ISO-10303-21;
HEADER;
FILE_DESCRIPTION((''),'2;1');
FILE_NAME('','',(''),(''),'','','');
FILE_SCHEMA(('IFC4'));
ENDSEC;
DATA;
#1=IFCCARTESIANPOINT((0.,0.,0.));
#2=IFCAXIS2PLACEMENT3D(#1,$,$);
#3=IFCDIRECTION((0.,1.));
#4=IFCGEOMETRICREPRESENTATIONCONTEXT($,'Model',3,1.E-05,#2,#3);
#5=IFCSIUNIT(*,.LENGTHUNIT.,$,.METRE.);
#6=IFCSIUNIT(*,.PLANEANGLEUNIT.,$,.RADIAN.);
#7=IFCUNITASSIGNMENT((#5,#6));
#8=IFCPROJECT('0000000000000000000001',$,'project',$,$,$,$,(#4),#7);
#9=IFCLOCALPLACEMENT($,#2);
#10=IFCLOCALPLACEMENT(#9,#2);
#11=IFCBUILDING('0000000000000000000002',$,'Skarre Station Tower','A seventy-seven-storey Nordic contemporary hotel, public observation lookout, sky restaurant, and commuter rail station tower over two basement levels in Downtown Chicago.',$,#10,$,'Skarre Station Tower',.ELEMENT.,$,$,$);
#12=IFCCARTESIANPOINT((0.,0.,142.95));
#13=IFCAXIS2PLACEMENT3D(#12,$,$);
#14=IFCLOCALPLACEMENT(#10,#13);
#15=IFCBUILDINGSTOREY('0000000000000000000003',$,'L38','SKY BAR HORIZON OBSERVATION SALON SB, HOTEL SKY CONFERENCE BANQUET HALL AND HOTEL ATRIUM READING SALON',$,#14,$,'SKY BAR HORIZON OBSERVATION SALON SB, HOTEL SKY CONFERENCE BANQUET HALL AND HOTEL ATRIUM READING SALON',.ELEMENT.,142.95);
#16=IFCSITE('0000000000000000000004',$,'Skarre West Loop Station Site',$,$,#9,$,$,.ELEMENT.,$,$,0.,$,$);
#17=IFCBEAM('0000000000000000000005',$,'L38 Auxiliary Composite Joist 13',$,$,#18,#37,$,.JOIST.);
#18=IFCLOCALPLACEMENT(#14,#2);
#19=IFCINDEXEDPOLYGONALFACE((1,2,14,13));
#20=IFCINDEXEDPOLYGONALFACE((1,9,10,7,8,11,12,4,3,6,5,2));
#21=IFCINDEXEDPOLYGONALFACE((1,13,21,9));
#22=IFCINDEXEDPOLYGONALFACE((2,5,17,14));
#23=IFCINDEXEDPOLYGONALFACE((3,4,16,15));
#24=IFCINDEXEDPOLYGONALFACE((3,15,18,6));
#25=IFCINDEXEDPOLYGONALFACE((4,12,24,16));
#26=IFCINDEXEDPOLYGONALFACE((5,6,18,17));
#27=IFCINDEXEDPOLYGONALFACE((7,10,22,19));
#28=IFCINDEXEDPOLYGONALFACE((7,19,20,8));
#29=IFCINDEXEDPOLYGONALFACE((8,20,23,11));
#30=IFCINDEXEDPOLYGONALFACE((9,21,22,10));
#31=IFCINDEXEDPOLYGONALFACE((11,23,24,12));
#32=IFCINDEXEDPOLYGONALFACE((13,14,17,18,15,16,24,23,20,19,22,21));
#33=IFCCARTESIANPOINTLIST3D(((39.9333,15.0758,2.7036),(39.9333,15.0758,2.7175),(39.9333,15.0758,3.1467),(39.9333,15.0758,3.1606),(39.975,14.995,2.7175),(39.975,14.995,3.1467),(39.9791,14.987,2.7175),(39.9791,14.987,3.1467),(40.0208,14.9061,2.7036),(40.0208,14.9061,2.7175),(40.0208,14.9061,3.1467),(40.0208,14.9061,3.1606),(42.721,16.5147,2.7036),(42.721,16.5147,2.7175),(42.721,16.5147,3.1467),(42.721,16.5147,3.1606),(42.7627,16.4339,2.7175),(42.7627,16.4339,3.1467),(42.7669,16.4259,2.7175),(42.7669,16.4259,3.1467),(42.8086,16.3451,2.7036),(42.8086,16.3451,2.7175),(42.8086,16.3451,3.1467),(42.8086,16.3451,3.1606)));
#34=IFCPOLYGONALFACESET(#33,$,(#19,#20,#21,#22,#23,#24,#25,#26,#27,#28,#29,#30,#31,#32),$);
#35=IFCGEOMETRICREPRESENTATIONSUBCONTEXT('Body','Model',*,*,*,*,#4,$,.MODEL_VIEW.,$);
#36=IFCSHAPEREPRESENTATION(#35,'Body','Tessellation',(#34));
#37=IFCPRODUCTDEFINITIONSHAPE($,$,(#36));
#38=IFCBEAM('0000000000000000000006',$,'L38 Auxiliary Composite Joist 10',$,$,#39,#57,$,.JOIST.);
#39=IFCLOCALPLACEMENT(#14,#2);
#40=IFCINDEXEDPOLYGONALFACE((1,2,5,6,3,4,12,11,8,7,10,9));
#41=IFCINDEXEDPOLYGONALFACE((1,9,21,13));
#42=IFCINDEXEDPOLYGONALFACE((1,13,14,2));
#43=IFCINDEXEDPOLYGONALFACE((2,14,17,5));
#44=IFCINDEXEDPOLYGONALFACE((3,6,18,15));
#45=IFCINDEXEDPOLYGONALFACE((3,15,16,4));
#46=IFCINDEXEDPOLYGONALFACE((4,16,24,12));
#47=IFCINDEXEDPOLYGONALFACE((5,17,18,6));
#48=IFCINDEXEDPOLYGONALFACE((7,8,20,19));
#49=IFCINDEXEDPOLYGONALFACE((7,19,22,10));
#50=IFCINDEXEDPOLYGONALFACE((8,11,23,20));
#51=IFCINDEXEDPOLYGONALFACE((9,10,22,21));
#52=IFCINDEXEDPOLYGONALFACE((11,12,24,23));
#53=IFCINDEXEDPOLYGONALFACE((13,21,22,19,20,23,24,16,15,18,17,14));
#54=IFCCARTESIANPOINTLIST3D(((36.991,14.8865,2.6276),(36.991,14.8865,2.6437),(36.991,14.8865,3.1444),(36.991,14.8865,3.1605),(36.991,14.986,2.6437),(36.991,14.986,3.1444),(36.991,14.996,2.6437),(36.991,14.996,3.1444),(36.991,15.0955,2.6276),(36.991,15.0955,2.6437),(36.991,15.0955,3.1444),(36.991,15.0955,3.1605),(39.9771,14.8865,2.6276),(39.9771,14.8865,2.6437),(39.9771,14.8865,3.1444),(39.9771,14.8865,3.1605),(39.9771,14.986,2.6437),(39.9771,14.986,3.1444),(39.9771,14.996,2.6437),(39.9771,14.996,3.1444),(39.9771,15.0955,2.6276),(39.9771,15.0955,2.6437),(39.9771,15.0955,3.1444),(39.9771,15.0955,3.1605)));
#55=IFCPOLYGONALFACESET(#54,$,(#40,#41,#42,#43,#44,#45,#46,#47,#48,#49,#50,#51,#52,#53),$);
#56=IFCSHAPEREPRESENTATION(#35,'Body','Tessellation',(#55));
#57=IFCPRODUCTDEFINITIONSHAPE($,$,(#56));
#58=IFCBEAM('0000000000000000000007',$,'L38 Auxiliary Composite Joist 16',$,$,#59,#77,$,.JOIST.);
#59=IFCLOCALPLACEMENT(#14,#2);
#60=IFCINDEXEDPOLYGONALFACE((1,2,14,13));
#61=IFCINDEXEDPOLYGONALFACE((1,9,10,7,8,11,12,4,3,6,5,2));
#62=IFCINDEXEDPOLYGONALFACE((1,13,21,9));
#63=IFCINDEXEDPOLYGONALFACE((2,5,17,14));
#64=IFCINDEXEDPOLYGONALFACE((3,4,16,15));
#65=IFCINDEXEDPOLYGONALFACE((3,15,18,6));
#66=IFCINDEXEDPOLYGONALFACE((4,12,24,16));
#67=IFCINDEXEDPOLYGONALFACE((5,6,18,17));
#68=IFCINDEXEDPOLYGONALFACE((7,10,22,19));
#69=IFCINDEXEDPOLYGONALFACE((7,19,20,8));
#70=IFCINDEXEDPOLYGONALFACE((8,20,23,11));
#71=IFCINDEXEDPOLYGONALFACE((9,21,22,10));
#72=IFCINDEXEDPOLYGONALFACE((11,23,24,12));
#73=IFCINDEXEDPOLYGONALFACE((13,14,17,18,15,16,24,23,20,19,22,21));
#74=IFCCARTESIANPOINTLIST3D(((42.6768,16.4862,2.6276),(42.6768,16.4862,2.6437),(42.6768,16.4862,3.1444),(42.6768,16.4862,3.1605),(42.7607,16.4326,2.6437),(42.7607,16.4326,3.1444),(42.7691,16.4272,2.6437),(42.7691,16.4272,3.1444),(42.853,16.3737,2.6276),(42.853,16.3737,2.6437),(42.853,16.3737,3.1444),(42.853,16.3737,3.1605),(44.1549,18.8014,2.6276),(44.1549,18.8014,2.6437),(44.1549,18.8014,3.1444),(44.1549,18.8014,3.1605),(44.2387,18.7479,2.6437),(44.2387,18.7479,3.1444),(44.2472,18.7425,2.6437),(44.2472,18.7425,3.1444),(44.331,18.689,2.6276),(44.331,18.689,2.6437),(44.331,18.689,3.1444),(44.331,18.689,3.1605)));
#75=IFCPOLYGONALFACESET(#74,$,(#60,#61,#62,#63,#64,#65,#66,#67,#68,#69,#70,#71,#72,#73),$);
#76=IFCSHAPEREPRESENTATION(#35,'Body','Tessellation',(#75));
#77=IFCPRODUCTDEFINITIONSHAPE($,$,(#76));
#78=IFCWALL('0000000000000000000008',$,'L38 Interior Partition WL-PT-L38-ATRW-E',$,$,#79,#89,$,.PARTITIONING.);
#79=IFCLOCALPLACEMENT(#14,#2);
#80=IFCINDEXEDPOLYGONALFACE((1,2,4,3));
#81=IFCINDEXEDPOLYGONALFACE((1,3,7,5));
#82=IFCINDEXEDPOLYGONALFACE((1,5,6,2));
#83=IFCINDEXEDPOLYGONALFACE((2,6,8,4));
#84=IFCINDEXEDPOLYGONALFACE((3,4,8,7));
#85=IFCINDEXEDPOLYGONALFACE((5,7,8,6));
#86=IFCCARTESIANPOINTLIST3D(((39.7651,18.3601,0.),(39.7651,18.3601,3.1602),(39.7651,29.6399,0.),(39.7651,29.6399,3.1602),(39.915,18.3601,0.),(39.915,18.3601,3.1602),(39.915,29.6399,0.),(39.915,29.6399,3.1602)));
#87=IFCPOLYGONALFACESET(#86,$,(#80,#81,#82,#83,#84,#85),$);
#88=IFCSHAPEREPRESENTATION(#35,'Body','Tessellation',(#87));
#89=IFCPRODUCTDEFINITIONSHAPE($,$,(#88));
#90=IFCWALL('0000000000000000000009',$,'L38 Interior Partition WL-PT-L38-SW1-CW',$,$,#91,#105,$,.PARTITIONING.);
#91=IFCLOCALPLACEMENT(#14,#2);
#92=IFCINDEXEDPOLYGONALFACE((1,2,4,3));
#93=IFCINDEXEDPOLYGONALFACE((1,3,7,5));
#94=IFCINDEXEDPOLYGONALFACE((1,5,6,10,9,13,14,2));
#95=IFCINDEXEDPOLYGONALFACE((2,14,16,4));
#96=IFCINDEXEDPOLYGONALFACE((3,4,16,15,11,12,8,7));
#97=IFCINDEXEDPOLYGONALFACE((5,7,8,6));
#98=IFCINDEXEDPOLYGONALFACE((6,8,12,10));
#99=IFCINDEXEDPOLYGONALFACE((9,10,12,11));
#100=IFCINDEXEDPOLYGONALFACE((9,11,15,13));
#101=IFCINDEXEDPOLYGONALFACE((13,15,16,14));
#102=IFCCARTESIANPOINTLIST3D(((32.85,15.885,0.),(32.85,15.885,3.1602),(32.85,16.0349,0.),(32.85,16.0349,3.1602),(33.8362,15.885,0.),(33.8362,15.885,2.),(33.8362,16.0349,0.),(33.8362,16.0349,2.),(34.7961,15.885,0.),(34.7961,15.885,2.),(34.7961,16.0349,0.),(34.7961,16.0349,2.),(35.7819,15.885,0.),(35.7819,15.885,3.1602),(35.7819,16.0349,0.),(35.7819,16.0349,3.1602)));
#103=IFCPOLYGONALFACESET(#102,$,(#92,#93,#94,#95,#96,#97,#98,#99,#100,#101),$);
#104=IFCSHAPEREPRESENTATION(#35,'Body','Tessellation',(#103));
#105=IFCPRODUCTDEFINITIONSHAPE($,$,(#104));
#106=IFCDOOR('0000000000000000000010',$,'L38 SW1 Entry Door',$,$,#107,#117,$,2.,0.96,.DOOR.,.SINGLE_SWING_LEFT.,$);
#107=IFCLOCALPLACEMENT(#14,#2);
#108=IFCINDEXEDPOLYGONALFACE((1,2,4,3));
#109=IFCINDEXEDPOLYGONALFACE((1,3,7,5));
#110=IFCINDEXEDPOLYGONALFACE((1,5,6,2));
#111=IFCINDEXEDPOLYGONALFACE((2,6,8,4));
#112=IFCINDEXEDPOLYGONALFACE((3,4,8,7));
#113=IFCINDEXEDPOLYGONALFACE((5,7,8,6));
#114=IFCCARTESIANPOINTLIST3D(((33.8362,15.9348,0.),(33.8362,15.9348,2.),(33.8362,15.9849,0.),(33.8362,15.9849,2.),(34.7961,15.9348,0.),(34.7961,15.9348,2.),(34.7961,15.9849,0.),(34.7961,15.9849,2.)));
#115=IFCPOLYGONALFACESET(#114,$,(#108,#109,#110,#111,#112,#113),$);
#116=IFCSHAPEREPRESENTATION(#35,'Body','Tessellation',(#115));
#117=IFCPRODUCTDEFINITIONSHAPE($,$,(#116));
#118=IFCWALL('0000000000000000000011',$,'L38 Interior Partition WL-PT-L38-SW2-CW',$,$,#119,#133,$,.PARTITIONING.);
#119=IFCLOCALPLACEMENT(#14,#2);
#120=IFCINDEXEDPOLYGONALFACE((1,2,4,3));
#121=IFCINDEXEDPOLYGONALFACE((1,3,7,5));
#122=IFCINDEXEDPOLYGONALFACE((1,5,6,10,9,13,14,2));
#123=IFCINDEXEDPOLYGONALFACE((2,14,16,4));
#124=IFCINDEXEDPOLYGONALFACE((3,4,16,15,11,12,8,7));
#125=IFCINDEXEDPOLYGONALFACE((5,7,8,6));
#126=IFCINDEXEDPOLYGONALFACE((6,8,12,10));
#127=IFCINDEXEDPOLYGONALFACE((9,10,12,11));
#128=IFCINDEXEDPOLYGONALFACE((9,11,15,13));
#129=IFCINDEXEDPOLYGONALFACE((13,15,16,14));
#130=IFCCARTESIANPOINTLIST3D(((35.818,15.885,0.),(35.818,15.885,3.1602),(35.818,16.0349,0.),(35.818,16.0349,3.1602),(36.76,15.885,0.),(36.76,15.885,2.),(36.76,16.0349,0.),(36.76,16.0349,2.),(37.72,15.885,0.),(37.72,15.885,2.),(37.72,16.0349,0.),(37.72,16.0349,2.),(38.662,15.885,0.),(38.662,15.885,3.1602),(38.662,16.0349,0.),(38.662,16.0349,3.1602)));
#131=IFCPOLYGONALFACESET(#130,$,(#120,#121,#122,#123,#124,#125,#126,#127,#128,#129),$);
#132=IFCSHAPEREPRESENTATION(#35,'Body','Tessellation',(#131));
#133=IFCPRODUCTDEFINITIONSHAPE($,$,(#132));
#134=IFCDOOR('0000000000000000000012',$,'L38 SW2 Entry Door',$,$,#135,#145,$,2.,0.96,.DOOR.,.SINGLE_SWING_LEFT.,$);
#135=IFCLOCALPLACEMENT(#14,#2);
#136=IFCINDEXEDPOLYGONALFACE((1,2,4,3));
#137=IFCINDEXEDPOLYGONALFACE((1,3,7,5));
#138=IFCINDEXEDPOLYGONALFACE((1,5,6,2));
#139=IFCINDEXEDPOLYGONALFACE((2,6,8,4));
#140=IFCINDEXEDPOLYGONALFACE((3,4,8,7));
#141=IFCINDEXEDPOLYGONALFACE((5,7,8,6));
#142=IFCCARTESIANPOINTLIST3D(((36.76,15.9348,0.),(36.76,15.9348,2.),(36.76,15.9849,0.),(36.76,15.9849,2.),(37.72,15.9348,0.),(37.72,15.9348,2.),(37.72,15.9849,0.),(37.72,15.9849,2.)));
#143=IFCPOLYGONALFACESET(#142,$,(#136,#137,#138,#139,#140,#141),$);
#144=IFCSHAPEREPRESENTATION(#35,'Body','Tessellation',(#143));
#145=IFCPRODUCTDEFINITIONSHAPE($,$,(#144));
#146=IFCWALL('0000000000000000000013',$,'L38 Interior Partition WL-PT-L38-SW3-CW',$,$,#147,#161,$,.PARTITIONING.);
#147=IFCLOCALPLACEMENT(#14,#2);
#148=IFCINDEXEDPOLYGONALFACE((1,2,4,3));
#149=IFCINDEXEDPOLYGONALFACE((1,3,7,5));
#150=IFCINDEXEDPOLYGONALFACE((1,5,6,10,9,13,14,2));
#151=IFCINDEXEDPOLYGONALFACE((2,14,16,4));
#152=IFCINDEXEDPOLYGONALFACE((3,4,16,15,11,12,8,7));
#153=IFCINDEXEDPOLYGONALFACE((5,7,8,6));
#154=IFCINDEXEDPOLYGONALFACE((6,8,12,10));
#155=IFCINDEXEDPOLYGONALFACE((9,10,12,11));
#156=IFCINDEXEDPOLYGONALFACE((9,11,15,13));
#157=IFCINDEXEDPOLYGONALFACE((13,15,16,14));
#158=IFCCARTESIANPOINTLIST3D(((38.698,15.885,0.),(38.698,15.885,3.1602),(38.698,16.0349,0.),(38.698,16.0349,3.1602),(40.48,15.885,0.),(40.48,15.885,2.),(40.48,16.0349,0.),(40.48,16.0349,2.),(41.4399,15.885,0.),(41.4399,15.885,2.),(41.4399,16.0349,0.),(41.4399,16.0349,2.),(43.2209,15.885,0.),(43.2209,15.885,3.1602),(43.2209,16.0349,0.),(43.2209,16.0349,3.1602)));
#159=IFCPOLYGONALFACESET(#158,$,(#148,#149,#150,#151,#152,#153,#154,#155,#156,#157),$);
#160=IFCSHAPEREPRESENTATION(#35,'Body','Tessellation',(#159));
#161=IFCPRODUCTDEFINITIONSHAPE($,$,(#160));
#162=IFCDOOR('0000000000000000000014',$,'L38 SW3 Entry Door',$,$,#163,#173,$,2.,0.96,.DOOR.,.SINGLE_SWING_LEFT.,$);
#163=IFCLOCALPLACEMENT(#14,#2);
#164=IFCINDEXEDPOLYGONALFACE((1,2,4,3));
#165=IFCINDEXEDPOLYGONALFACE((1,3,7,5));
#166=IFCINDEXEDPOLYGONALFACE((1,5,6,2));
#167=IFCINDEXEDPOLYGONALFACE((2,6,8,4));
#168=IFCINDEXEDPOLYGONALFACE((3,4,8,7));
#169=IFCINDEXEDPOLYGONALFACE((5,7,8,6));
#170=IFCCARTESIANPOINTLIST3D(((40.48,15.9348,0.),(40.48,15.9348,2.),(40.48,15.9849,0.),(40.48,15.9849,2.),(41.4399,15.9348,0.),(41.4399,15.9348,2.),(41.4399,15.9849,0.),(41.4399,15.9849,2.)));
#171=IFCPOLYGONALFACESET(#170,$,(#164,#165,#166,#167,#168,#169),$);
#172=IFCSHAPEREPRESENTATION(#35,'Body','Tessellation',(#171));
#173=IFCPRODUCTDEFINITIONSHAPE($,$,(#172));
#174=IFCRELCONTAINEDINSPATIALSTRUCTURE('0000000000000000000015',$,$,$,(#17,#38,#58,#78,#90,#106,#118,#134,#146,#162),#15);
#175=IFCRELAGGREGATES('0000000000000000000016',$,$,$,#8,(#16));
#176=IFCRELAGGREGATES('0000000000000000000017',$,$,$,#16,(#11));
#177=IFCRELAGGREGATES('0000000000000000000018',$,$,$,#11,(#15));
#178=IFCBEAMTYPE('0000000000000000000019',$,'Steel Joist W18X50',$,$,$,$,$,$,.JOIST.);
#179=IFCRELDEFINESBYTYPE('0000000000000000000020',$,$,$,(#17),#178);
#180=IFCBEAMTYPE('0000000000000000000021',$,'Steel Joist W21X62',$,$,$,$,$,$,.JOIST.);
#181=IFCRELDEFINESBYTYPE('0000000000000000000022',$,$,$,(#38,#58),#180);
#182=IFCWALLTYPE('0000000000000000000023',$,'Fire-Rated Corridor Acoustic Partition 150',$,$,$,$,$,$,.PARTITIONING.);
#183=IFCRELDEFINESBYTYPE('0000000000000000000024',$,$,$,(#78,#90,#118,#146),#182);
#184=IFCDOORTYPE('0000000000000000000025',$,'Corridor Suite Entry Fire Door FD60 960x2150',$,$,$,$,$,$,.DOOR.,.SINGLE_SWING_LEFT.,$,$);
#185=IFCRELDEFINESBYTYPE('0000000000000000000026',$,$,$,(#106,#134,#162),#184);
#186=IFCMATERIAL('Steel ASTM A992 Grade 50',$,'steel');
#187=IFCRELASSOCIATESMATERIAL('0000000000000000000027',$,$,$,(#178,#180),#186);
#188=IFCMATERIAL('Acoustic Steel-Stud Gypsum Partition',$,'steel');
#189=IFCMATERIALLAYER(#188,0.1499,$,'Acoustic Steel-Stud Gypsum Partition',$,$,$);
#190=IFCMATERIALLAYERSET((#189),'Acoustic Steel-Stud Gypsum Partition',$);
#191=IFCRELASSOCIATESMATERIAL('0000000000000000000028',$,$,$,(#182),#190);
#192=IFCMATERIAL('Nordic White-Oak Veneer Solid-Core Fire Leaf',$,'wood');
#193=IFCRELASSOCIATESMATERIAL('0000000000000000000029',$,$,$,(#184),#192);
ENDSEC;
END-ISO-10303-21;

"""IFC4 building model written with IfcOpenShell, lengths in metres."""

from ifc_helpers import new_model, si_unit, direction, frame, frame_2d, origin, origin_2d, place, context, subcontext, project, spatial, rectangle, i_section, extrude, material, layer, layer_set, material_profile, profile_set, type_object, element, fill, save


model = new_model("IFC4")

# Units and contexts
model_context = context("Model", 3, precision=1e-05, world=origin(), true_north=direction((0.0, 1.0)))
body_context = subcontext(model_context, "Body", "Model", "MODEL_VIEW")
ifc_project = project(units=[si_unit("LENGTHUNIT", "METRE"), si_unit("PLANEANGLEUNIT", "RADIAN")], contexts=[model_context])

# Site, building, storey
site_placement = place(None, origin())
site = spatial("IfcSite", under=ifc_project, at=site_placement, Name="Skarre West Loop Station Site", CompositionType="ELEMENT", RefElevation=0.0)
building_placement = place(site_placement, origin())
building = spatial("IfcBuilding", under=site, at=building_placement, Name="Skarre Station Tower", Description="A seventy-seven-storey Nordic contemporary hotel, public observation lookout, sky restaurant, and commuter rail station tower over two basement levels in Downtown Chicago.", LongName="Skarre Station Tower", CompositionType="ELEMENT")
storey_placement = place(building_placement, frame((0.0, 0.0, 142.95)))
storey = spatial("IfcBuildingStorey", under=building, at=storey_placement, Name="L38", Description="SKY BAR HORIZON OBSERVATION SALON SB, HOTEL SKY CONFERENCE BANQUET HALL AND HOTEL ATRIUM READING SALON", LongName="SKY BAR HORIZON OBSERVATION SALON SB, HOTEL SKY CONFERENCE BANQUET HALL AND HOTEL ATRIUM READING SALON", CompositionType="ELEMENT", Elevation=142.95)

# Beams
ifc_material_1 = material(Name="Steel ASTM A992 Grade 50", Category="steel")
ifc_material_profile_1 = material_profile(ifc_material_1, i_section(OverallWidth=0.1909, OverallDepth=0.457, WebThickness=0.009, FlangeThickness=0.0139, at=origin_2d()), Name="Steel ASTM A992 Grade 50")
ifc_profile_set_1 = profile_set([ifc_material_profile_1], Name="Steel ASTM A992 Grade 50")
beam_type_1 = type_object("IfcBeamType", Name="Steel Joist W18X50", PredefinedType="JOIST", material=ifc_profile_set_1)
beam_1_placement = place(storey_placement, frame((39.9771, 14.991, 2.9321), z_axis=(0.88861, 0.458663, 0.0), x_axis=(-0.458663, 0.88861, 0.0)))
element("IfcBeam", 1, at=beam_1_placement, inside=storey, type_object=beam_type_1, Name="L38 Auxiliary Composite Joist 13", PredefinedType="JOIST", context=body_context, shape_type="SweptSolid", body=[
    extrude(i_section(OverallWidth=0.1909, OverallDepth=0.457, WebThickness=0.009, FlangeThickness=0.0139, at=origin_2d()), origin(), (0.0, 0.0, 1.0), 3.1372),
])
ifc_material_profile_2 = material_profile(ifc_material_1, i_section(OverallWidth=0.209, OverallDepth=0.533, WebThickness=0.01, FlangeThickness=0.0161, at=origin_2d()), Name="Steel ASTM A992 Grade 50")
ifc_profile_set_2 = profile_set([ifc_material_profile_2], Name="Steel ASTM A992 Grade 50")
beam_type_2 = type_object("IfcBeamType", Name="Steel Joist W21X62", PredefinedType="JOIST", material=ifc_profile_set_2)
beam_2_placement = place(storey_placement, frame((36.991, 14.991, 2.894), z_axis=(1.0, 0.0, 0.0), x_axis=(0.0, 1.0, 0.0)))
element("IfcBeam", 2, at=beam_2_placement, inside=storey, type_object=beam_type_2, Name="L38 Auxiliary Composite Joist 10", PredefinedType="JOIST", context=body_context, shape_type="SweptSolid", body=[
    extrude(i_section(OverallWidth=0.209, OverallDepth=0.533, WebThickness=0.01, FlangeThickness=0.0161, at=origin_2d()), origin(), (0.0, 0.0, 1.0), 2.9861),
])
beam_3_placement = place(storey_placement, frame((42.7649, 16.4299, 2.894), z_axis=(0.5381, 0.842881, 0.0), x_axis=(-0.842881, 0.5381, 0.0)))
element("IfcBeam", 3, at=beam_3_placement, inside=storey, type_object=beam_type_2, Name="L38 Auxiliary Composite Joist 16", PredefinedType="JOIST", context=body_context, shape_type="SweptSolid", body=[
    extrude(i_section(OverallWidth=0.209, OverallDepth=0.533, WebThickness=0.01, FlangeThickness=0.0161, at=origin_2d()), origin(), (0.0, 0.0, 1.0), 2.7468),
])

# Wall
ifc_material_2 = material(Name="Acoustic Steel-Stud Gypsum Partition", Category="steel")
ifc_layer_1 = layer(ifc_material_2, 0.1499, Name="Acoustic Steel-Stud Gypsum Partition")
ifc_layer_set_1 = layer_set([ifc_layer_1], Name="Acoustic Steel-Stud Gypsum Partition")
wall_type_1 = type_object("IfcWallType", Name="Fire-Rated Corridor Acoustic Partition 150", PredefinedType="PARTITIONING", material=ifc_layer_set_1)
wall_1_placement = place(storey_placement, frame((39.8401, 18.3601, 0.0), z_axis=(0.0, 0.0, 1.0), x_axis=(0.0, 1.0, 0.0)))
element("IfcWall", 4, at=wall_1_placement, inside=storey, type_object=wall_type_1, Name="L38 Interior Partition WL-PT-L38-ATRW-E", PredefinedType="PARTITIONING", context=body_context, shape_type="SweptSolid", body=[
    extrude(rectangle(XDim=11.2798, YDim=0.1499, at=frame_2d((5.6399, 0.0))), origin(), (0.0, 0.0, 1.0), 3.1602),
])

# Walls, openings, doors
wall_2_placement = place(storey_placement, frame((32.8501, 15.96, 0.0), z_axis=(0.0, 0.0, 1.0), x_axis=(1.0, 0.0, 0.0)))
wall_2 = element("IfcWall", 5, at=wall_2_placement, inside=storey, type_object=wall_type_1, Name="L38 Interior Partition WL-PT-L38-SW1-CW", PredefinedType="PARTITIONING", context=body_context, shape_type="SweptSolid", body=[
    extrude(rectangle(XDim=2.9319, YDim=0.1499, at=frame_2d((1.4658, 0.0))), origin(), (0.0, 0.0, 1.0), 3.1602),
])
opening_1_placement = place(wall_2_placement, frame((0.9861, 0.0, 0.0)))
opening_1 = element("IfcOpeningElement", 6, at=opening_1_placement, cuts=wall_2, PredefinedType="OPENING", context=body_context, shape_type="SweptSolid", body=[
    extrude(rectangle(XDim=0.96, YDim=2.0, at=frame_2d((0.48, 1.0))), frame((0.0, 0.085, 0.0), z_axis=(0.0, -1.0, 0.0), x_axis=(1.0, 0.0, 0.0)), (0.0, 0.0, 1.0), 0.1699),
])
ifc_material_3 = material(Name="Nordic White-Oak Veneer Solid-Core Fire Leaf", Category="wood")
door_type_1 = type_object("IfcDoorType", Name="Corridor Suite Entry Fire Door FD60 960x2150", OperationType="SINGLE_SWING_LEFT", PredefinedType="DOOR", material=ifc_material_3)
door_1_placement = place(opening_1_placement, origin())
door_1 = element("IfcDoor", 7, at=door_1_placement, inside=storey, type_object=door_type_1, Name="L38 SW1 Entry Door", OperationType="SINGLE_SWING_LEFT", OverallHeight=2.0, OverallWidth=0.96, PredefinedType="DOOR", context=body_context, shape_type="SweptSolid", body=[
    extrude(rectangle(XDim=0.96, YDim=2.0, at=frame_2d((0.48, 1.0))), frame((0.0, 0.0249, 0.0), z_axis=(0.0, -1.0, 0.0), x_axis=(1.0, 0.0, 0.0)), (0.0, 0.0, 1.0), 0.05),
])
fill(opening_1, door_1)
wall_3_placement = place(storey_placement, frame((35.8181, 15.96, 0.0), z_axis=(0.0, 0.0, 1.0), x_axis=(1.0, 0.0, 0.0)))
wall_3 = element("IfcWall", 8, at=wall_3_placement, inside=storey, type_object=wall_type_1, Name="L38 Interior Partition WL-PT-L38-SW2-CW", PredefinedType="PARTITIONING", context=body_context, shape_type="SweptSolid", body=[
    extrude(rectangle(XDim=2.844, YDim=0.1499, at=frame_2d((1.4219, 0.0))), origin(), (0.0, 0.0, 1.0), 3.1602),
])
opening_2_placement = place(wall_3_placement, frame((0.9419, 0.0, 0.0)))
opening_2 = element("IfcOpeningElement", 9, at=opening_2_placement, cuts=wall_3, PredefinedType="OPENING", context=body_context, shape_type="SweptSolid", body=[
    extrude(rectangle(XDim=0.96, YDim=2.0, at=frame_2d((0.48, 1.0))), frame((0.0, 0.085, 0.0), z_axis=(0.0, -1.0, 0.0), x_axis=(1.0, 0.0, 0.0)), (0.0, 0.0, 1.0), 0.1699),
])
door_2_placement = place(opening_2_placement, origin())
door_2 = element("IfcDoor", 10, at=door_2_placement, inside=storey, type_object=door_type_1, Name="L38 SW2 Entry Door", OperationType="SINGLE_SWING_LEFT", OverallHeight=2.0, OverallWidth=0.96, PredefinedType="DOOR", context=body_context, shape_type="SweptSolid", body=[
    extrude(rectangle(XDim=0.96, YDim=2.0, at=frame_2d((0.48, 1.0))), frame((0.0, 0.0249, 0.0), z_axis=(0.0, -1.0, 0.0), x_axis=(1.0, 0.0, 0.0)), (0.0, 0.0, 1.0), 0.05),
])
fill(opening_2, door_2)
wall_4_placement = place(storey_placement, frame((38.698, 15.96, 0.0), z_axis=(0.0, 0.0, 1.0), x_axis=(1.0, 0.0, 0.0)))
wall_4 = element("IfcWall", 11, at=wall_4_placement, inside=storey, type_object=wall_type_1, Name="L38 Interior Partition WL-PT-L38-SW3-CW", PredefinedType="PARTITIONING", context=body_context, shape_type="SweptSolid", body=[
    extrude(rectangle(XDim=4.5229, YDim=0.1499, at=frame_2d((2.2615, 0.0))), origin(), (0.0, 0.0, 1.0), 3.1602),
])
opening_3_placement = place(wall_4_placement, frame((1.782, 0.0, 0.0)))
opening_3 = element("IfcOpeningElement", 12, at=opening_3_placement, cuts=wall_4, PredefinedType="OPENING", context=body_context, shape_type="SweptSolid", body=[
    extrude(rectangle(XDim=0.96, YDim=2.0, at=frame_2d((0.48, 1.0))), frame((0.0, 0.085, 0.0), z_axis=(0.0, -1.0, 0.0), x_axis=(1.0, 0.0, 0.0)), (0.0, 0.0, 1.0), 0.1699),
])
door_3_placement = place(opening_3_placement, origin())
door_3 = element("IfcDoor", 13, at=door_3_placement, inside=storey, type_object=door_type_1, Name="L38 SW3 Entry Door", OperationType="SINGLE_SWING_LEFT", OverallHeight=2.0, OverallWidth=0.96, PredefinedType="DOOR", context=body_context, shape_type="SweptSolid", body=[
    extrude(rectangle(XDim=0.96, YDim=2.0, at=frame_2d((0.48, 1.0))), frame((0.0, 0.0249, 0.0), z_axis=(0.0, -1.0, 0.0), x_axis=(1.0, 0.0, 0.0)), (0.0, 0.0, 1.0), 0.05),
])
fill(opening_3, door_3)

save(model, "model.ifc")
